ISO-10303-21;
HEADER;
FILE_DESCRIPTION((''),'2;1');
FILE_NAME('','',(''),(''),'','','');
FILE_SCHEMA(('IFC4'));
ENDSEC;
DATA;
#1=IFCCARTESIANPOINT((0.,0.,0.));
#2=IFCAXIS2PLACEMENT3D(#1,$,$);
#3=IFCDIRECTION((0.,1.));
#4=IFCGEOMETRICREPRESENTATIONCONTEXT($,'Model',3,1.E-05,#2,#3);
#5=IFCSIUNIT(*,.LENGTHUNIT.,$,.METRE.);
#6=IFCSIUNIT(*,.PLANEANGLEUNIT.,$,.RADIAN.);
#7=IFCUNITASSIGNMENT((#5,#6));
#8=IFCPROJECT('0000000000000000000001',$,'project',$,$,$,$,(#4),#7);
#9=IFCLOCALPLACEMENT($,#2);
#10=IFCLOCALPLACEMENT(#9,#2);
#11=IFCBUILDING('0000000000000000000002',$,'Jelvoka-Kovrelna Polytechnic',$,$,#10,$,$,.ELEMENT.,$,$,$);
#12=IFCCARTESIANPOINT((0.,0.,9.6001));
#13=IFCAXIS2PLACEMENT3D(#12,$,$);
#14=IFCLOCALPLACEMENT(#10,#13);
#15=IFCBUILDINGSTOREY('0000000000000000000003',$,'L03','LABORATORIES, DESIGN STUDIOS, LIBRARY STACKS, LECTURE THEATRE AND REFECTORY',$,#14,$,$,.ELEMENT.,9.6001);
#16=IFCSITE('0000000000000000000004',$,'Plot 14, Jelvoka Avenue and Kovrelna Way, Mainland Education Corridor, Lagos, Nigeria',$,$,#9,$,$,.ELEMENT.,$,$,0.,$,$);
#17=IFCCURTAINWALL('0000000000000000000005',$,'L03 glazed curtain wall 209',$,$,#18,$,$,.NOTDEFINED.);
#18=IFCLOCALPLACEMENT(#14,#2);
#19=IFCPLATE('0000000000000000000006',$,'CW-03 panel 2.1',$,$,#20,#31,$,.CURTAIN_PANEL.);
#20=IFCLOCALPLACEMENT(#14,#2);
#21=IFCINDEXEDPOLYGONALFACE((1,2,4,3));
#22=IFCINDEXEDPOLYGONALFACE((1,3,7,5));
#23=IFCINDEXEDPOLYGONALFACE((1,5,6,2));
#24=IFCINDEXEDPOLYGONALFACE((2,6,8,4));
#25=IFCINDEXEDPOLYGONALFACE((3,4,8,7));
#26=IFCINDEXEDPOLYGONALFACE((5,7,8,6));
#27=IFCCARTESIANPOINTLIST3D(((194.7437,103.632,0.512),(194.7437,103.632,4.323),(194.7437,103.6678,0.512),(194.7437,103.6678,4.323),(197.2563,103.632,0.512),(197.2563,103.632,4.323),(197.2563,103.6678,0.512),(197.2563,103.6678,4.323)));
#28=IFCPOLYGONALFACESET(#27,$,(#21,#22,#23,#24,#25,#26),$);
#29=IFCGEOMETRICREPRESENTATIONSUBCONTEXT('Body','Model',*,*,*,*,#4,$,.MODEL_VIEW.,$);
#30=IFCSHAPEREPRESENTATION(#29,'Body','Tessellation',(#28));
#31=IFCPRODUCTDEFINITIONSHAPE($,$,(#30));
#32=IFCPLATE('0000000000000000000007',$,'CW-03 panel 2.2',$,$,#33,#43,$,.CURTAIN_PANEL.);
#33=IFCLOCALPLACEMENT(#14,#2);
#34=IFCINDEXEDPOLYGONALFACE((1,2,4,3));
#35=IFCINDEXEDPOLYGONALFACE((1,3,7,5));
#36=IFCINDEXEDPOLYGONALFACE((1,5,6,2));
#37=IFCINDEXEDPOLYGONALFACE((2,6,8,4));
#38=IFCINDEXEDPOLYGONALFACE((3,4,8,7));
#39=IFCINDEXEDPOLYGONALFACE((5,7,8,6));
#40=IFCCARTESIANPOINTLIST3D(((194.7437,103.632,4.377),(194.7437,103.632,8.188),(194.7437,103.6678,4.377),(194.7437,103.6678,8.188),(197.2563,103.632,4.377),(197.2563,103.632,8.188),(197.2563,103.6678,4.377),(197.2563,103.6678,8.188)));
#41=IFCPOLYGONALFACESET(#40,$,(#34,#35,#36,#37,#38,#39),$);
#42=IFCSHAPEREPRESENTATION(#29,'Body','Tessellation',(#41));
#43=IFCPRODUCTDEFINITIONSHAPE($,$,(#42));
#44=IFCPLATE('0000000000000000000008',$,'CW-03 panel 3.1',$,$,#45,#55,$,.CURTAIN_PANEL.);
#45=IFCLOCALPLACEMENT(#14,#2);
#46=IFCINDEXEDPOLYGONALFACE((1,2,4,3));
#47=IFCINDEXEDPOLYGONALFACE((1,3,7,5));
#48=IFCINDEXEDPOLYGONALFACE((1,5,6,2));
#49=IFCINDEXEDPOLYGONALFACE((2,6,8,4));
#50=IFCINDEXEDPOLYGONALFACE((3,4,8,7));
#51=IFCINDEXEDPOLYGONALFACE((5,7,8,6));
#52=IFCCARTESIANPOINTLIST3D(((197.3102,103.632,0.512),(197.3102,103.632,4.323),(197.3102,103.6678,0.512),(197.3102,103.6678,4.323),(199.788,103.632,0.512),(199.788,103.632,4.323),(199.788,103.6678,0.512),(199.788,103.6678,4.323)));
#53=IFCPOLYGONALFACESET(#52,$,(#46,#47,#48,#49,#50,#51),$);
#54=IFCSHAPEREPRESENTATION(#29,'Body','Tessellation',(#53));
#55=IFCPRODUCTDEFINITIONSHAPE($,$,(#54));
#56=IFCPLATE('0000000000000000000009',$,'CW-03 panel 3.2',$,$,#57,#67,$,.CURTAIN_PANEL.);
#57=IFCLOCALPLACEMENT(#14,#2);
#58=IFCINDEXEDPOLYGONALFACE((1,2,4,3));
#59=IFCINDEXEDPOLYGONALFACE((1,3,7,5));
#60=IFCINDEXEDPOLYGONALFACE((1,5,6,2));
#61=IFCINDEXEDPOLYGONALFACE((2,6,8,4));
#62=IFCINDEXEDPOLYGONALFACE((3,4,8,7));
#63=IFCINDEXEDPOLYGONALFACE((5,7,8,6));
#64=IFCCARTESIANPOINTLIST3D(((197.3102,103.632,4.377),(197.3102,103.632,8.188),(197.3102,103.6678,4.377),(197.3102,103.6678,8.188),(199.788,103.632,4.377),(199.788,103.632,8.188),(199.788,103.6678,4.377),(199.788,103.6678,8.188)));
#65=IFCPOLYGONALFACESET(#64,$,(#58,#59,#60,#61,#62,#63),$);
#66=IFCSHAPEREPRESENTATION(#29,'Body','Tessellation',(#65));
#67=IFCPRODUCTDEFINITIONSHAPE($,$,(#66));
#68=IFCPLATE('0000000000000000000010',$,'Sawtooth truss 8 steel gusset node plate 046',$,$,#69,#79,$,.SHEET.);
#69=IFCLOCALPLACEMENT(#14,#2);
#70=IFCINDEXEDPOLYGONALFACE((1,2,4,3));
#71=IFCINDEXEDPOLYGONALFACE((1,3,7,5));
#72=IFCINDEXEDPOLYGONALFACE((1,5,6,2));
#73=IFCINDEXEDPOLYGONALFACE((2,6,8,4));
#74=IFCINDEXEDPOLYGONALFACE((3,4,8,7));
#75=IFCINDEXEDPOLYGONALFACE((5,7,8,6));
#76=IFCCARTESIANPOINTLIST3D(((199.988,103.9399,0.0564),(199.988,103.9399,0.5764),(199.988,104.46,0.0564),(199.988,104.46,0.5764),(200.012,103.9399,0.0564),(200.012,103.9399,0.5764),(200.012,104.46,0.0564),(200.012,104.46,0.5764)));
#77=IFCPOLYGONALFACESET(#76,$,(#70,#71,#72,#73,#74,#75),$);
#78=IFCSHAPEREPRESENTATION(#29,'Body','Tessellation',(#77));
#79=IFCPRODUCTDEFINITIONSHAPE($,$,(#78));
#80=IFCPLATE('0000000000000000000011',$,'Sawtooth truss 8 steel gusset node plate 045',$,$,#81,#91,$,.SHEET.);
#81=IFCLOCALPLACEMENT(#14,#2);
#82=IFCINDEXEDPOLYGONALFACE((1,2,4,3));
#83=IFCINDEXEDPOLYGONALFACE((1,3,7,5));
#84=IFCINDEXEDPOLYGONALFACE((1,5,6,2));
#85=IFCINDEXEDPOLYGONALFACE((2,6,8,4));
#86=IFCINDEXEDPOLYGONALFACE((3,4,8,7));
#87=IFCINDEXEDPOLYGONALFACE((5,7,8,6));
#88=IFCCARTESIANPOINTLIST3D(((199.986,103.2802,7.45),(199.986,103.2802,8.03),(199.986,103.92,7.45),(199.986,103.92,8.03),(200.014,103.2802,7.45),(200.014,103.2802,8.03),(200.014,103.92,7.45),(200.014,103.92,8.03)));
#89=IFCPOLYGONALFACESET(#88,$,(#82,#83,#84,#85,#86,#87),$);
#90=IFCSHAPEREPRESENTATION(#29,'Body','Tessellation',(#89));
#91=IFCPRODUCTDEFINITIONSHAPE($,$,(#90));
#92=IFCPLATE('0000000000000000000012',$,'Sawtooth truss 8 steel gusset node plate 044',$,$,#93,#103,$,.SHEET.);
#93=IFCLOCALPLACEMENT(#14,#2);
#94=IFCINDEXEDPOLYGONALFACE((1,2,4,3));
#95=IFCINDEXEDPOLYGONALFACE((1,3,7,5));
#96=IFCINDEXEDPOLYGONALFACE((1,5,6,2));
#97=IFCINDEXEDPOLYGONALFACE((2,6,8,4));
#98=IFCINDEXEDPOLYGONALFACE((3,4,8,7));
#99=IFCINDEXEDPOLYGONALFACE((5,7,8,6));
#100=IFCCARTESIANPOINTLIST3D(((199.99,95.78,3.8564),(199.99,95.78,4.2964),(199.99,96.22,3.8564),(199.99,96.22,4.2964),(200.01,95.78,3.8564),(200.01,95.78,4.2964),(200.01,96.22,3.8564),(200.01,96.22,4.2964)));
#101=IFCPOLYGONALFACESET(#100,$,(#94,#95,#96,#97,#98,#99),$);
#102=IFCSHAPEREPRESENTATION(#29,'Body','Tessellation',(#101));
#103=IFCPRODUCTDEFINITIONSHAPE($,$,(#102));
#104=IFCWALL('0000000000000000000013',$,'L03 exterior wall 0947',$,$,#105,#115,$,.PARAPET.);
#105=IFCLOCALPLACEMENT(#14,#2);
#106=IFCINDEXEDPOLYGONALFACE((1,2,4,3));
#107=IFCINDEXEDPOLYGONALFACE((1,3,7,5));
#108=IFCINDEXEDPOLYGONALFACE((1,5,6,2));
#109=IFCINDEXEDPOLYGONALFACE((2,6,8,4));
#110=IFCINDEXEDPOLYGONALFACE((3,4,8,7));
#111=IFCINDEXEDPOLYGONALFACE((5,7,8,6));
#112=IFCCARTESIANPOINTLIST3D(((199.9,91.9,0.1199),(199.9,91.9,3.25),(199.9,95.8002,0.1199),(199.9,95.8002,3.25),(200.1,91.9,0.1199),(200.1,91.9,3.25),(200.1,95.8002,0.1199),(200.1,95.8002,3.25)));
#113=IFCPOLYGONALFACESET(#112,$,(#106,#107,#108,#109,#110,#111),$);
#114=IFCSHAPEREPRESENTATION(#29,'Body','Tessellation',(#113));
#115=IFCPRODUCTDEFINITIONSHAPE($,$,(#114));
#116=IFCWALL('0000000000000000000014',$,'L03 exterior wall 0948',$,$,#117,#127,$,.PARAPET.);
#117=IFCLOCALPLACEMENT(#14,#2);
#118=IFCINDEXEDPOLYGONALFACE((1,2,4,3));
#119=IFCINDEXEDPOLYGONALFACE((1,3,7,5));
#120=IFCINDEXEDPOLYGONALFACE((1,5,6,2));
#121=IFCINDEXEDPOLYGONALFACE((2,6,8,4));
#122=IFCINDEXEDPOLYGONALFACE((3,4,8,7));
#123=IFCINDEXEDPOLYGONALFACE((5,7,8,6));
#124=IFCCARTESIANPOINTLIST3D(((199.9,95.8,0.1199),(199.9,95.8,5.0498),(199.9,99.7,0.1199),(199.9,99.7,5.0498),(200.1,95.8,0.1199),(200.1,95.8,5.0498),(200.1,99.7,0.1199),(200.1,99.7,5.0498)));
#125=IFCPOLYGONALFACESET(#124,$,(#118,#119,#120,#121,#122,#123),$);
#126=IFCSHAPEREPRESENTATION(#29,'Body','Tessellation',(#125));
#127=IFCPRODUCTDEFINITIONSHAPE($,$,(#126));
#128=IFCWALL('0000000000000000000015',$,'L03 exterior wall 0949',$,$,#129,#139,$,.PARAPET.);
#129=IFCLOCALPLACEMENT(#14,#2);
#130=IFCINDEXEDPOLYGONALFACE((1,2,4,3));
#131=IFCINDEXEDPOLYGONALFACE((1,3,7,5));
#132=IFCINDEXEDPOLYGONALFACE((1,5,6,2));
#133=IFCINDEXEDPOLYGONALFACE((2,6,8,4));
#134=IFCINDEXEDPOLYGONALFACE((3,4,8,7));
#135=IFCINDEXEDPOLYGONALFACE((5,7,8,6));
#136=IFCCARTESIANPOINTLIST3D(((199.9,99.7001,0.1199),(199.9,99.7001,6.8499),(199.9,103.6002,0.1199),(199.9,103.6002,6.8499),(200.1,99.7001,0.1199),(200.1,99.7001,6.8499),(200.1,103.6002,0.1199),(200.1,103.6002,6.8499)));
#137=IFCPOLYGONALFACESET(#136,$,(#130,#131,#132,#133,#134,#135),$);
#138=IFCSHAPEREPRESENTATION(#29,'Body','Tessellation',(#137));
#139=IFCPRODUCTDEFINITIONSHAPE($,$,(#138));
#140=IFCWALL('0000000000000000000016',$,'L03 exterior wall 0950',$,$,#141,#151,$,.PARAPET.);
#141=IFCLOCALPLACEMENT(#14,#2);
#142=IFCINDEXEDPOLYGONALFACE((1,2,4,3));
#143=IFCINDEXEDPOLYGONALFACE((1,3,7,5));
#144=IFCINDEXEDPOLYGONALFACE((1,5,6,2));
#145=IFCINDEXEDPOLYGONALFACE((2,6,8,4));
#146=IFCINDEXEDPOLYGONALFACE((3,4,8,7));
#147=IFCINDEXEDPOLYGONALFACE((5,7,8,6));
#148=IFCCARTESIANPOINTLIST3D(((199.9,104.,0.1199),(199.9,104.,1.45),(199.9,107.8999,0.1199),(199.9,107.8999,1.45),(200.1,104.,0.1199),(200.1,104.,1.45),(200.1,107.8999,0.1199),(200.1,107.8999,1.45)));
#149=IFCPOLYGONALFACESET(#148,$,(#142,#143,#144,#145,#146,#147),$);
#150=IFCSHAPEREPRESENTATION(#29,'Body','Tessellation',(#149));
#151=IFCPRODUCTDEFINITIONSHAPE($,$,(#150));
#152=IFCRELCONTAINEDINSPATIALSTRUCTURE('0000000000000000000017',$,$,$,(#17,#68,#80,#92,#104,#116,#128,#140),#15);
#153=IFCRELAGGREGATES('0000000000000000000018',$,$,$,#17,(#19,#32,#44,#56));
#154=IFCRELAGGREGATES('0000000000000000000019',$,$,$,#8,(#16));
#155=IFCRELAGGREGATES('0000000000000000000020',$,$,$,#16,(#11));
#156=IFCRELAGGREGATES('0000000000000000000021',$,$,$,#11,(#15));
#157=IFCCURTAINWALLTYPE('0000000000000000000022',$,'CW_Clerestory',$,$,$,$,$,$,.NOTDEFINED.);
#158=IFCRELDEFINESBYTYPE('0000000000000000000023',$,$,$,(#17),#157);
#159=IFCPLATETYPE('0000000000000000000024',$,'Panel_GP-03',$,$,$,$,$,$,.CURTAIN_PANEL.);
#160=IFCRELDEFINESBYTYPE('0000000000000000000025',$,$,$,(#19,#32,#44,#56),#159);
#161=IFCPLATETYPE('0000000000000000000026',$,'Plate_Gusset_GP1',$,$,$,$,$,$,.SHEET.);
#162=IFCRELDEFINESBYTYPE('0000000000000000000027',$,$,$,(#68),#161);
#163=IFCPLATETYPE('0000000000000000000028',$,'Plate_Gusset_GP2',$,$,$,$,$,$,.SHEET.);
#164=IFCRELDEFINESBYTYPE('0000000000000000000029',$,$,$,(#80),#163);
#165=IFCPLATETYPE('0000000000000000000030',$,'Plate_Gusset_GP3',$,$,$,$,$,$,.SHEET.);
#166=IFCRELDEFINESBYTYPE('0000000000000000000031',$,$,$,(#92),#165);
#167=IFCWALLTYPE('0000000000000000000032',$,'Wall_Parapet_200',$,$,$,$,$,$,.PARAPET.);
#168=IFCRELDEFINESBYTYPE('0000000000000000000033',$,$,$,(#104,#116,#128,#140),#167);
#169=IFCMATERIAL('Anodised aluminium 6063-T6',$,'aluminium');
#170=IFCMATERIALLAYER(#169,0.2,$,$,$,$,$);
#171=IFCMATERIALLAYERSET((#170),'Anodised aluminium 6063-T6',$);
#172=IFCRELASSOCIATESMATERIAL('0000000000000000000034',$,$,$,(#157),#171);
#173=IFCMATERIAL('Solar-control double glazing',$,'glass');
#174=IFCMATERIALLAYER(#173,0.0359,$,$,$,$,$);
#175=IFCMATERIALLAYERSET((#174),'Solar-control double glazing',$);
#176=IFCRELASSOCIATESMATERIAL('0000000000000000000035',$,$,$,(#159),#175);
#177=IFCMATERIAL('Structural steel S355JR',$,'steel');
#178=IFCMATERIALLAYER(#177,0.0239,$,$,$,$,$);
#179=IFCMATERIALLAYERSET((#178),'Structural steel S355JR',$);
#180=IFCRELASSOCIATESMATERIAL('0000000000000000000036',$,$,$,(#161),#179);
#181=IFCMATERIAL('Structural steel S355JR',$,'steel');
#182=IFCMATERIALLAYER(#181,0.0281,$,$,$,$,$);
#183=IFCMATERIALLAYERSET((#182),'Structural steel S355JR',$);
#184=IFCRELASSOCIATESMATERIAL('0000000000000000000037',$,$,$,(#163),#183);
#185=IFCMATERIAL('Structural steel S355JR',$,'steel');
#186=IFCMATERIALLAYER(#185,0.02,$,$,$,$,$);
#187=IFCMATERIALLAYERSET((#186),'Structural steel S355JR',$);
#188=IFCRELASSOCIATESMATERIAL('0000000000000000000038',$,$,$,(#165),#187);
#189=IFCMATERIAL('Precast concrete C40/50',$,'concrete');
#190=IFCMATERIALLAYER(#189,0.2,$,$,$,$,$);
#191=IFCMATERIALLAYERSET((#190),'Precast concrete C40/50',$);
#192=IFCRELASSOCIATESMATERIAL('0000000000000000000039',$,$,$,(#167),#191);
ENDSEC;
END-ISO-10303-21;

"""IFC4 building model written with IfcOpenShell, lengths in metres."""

from ifc_helpers import new_model, si_unit, direction, frame, frame_2d, origin, origin_2d, place, context, subcontext, project, spatial, rectangle, extrude, material, layer, layer_set, type_object, element, aggregate, save


model = new_model("IFC4")

# Units and contexts
model_context = context("Model", 3, precision=1e-05, world=origin(), true_north=direction((0.0, 1.0)))
body_context = subcontext(model_context, "Body", "Model", "MODEL_VIEW")
ifc_project = project(units=[si_unit("LENGTHUNIT", "METRE"), si_unit("PLANEANGLEUNIT", "RADIAN")], contexts=[model_context])

# Site, building, storey
site_placement = place(None, origin())
site = spatial("IfcSite", under=ifc_project, at=site_placement, Name="Plot 14, Jelvoka Avenue and Kovrelna Way, Mainland Education Corridor, Lagos, Nigeria", CompositionType="ELEMENT", RefElevation=0.0)
building_placement = place(site_placement, origin())
building = spatial("IfcBuilding", under=site, at=building_placement, Name="Jelvoka-Kovrelna Polytechnic", CompositionType="ELEMENT")
storey_placement = place(building_placement, frame((0.0, 0.0, 9.6001)))
storey = spatial("IfcBuildingStorey", under=building, at=storey_placement, Name="L03", Description="LABORATORIES, DESIGN STUDIOS, LIBRARY STACKS, LECTURE THEATRE AND REFECTORY", CompositionType="ELEMENT", Elevation=9.6001)

# Curtain wall, plates
ifc_material_1 = material(Name="Anodised aluminium 6063-T6", Category="aluminium")
ifc_layer_1 = layer(ifc_material_1, 0.2)
ifc_layer_set_1 = layer_set([ifc_layer_1], Name="Anodised aluminium 6063-T6")
curtain_wall_type = type_object("IfcCurtainWallType", Name="CW_Clerestory", PredefinedType="NOTDEFINED", material=ifc_layer_set_1)
curtain_wall_placement = place(storey_placement, origin())
curtain_wall = element("IfcCurtainWall", 1, at=curtain_wall_placement, inside=storey, type_object=curtain_wall_type, Name="L03 glazed curtain wall 209", PredefinedType="NOTDEFINED")
ifc_material_2 = material(Name="Solar-control double glazing", Category="glass")
ifc_layer_2 = layer(ifc_material_2, 0.0359)
ifc_layer_set_2 = layer_set([ifc_layer_2], Name="Solar-control double glazing")
plate_type_1 = type_object("IfcPlateType", Name="Panel_GP-03", PredefinedType="CURTAIN_PANEL", material=ifc_layer_set_2)
plate_1_placement = place(storey_placement, frame((196.0, 103.6499, 0.512), z_axis=(0.0, 0.0, 1.0), x_axis=(1.0, 0.0, 0.0)))
plate_1 = element("IfcPlate", 2, at=plate_1_placement, type_object=plate_type_1, Name="CW-03 panel 2.1", PredefinedType="CURTAIN_PANEL", context=body_context, shape_type="SweptSolid", body=[
    extrude(rectangle(XDim=2.5127, YDim=0.0359, at=origin_2d()), origin(), (0.0, 0.0, 1.0), 3.811),
])
plate_2_placement = place(storey_placement, frame((196.0, 103.6499, 4.377), z_axis=(0.0, 0.0, 1.0), x_axis=(1.0, 0.0, 0.0)))
plate_2 = element("IfcPlate", 3, at=plate_2_placement, type_object=plate_type_1, Name="CW-03 panel 2.2", PredefinedType="CURTAIN_PANEL", context=body_context, shape_type="SweptSolid", body=[
    extrude(rectangle(XDim=2.5127, YDim=0.0359, at=origin_2d()), origin(), (0.0, 0.0, 1.0), 3.811),
])
plate_3_placement = place(storey_placement, frame((198.5491, 103.6499, 0.512), z_axis=(0.0, 0.0, 1.0), x_axis=(1.0, 0.0, 0.0)))
plate_3 = element("IfcPlate", 4, at=plate_3_placement, type_object=plate_type_1, Name="CW-03 panel 3.1", PredefinedType="CURTAIN_PANEL", context=body_context, shape_type="SweptSolid", body=[
    extrude(rectangle(XDim=2.4778, YDim=0.0359, at=origin_2d()), origin(), (0.0, 0.0, 1.0), 3.811),
])
plate_4_placement = place(storey_placement, frame((198.5491, 103.6499, 4.377), z_axis=(0.0, 0.0, 1.0), x_axis=(1.0, 0.0, 0.0)))
plate_4 = element("IfcPlate", 5, at=plate_4_placement, type_object=plate_type_1, Name="CW-03 panel 3.2", PredefinedType="CURTAIN_PANEL", context=body_context, shape_type="SweptSolid", body=[
    extrude(rectangle(XDim=2.4778, YDim=0.0359, at=origin_2d()), origin(), (0.0, 0.0, 1.0), 3.811),
])
aggregate(curtain_wall, [plate_1, plate_2, plate_3, plate_4])

# Plates
ifc_material_3 = material(Name="Structural steel S355JR", Category="steel")
ifc_layer_3 = layer(ifc_material_3, 0.0239)
ifc_layer_set_3 = layer_set([ifc_layer_3], Name="Structural steel S355JR")
plate_type_2 = type_object("IfcPlateType", Name="Plate_Gusset_GP1", PredefinedType="SHEET", material=ifc_layer_set_3)
plate_5_placement = place(storey_placement, frame((200.0, 104.2, 0.0564), z_axis=(0.0, 0.0, 1.0), x_axis=(0.0, 1.0, 0.0)))
element("IfcPlate", 6, at=plate_5_placement, inside=storey, type_object=plate_type_2, Name="Sawtooth truss 8 steel gusset node plate 046", PredefinedType="SHEET", context=body_context, shape_type="SweptSolid", body=[
    extrude(rectangle(XDim=0.52, YDim=0.0239, at=origin_2d()), origin(), (0.0, 0.0, 1.0), 0.52),
])
ifc_material_4 = material(Name="Structural steel S355JR", Category="steel")
ifc_layer_4 = layer(ifc_material_4, 0.0281)
ifc_layer_set_4 = layer_set([ifc_layer_4], Name="Structural steel S355JR")
plate_type_3 = type_object("IfcPlateType", Name="Plate_Gusset_GP2", PredefinedType="SHEET", material=ifc_layer_set_4)
plate_6_placement = place(storey_placement, frame((200.0, 103.6001, 7.45), z_axis=(0.0, 0.0, 1.0), x_axis=(0.0, 1.0, 0.0)))
element("IfcPlate", 7, at=plate_6_placement, inside=storey, type_object=plate_type_3, Name="Sawtooth truss 8 steel gusset node plate 045", PredefinedType="SHEET", context=body_context, shape_type="SweptSolid", body=[
    extrude(rectangle(XDim=0.6399, YDim=0.0281, at=origin_2d()), origin(), (0.0, 0.0, 1.0), 0.5801),
])
ifc_material_5 = material(Name="Structural steel S355JR", Category="steel")
ifc_layer_5 = layer(ifc_material_5, 0.02)
ifc_layer_set_5 = layer_set([ifc_layer_5], Name="Structural steel S355JR")
plate_type_4 = type_object("IfcPlateType", Name="Plate_Gusset_GP3", PredefinedType="SHEET", material=ifc_layer_set_5)
plate_7_placement = place(storey_placement, frame((200.0, 96.0, 3.8564), z_axis=(0.0, 0.0, 1.0), x_axis=(0.0, 1.0, 0.0)))
element("IfcPlate", 8, at=plate_7_placement, inside=storey, type_object=plate_type_4, Name="Sawtooth truss 8 steel gusset node plate 044", PredefinedType="SHEET", context=body_context, shape_type="SweptSolid", body=[
    extrude(rectangle(XDim=0.4399, YDim=0.02, at=origin_2d()), origin(), (0.0, 0.0, 1.0), 0.4399),
])

# Walls
ifc_material_6 = material(Name="Precast concrete C40/50", Category="concrete")
ifc_layer_6 = layer(ifc_material_6, 0.2)
ifc_layer_set_6 = layer_set([ifc_layer_6], Name="Precast concrete C40/50")
wall_type = type_object("IfcWallType", Name="Wall_Parapet_200", PredefinedType="PARAPET", material=ifc_layer_set_6)
wall_1_placement = place(storey_placement, frame((200.0, 91.8999, 0.1199), z_axis=(0.0, 0.0, 1.0), x_axis=(0.0, 1.0, 0.0)))
element("IfcWall", 9, at=wall_1_placement, inside=storey, type_object=wall_type, Name="L03 exterior wall 0947", PredefinedType="PARAPET", context=body_context, shape_type="SweptSolid", body=[
    extrude(rectangle(XDim=3.9001, YDim=0.2, at=frame_2d((1.9502, 0.0))), origin(), (0.0, 0.0, 1.0), 3.1301),
])
wall_2_placement = place(storey_placement, frame((200.0, 95.8, 0.1199), z_axis=(0.0, 0.0, 1.0), x_axis=(0.0, 1.0, 0.0)))
element("IfcWall", 10, at=wall_2_placement, inside=storey, type_object=wall_type, Name="L03 exterior wall 0948", PredefinedType="PARAPET", context=body_context, shape_type="SweptSolid", body=[
    extrude(rectangle(XDim=3.8999, YDim=0.2, at=frame_2d((1.95, 0.0))), origin(), (0.0, 0.0, 1.0), 4.9299),
])
wall_3_placement = place(storey_placement, frame((200.0, 99.7, 0.1199), z_axis=(0.0, 0.0, 1.0), x_axis=(0.0, 1.0, 0.0)))
element("IfcWall", 11, at=wall_3_placement, inside=storey, type_object=wall_type, Name="L03 exterior wall 0949", PredefinedType="PARAPET", context=body_context, shape_type="SweptSolid", body=[
    extrude(rectangle(XDim=3.9001, YDim=0.2, at=frame_2d((1.9502, 0.0))), origin(), (0.0, 0.0, 1.0), 6.73),
])
wall_4_placement = place(storey_placement, frame((200.0, 104.0, 0.1199), z_axis=(0.0, 0.0, 1.0), x_axis=(0.0, 1.0, 0.0)))
element("IfcWall", 12, at=wall_4_placement, inside=storey, type_object=wall_type, Name="L03 exterior wall 0950", PredefinedType="PARAPET", context=body_context, shape_type="SweptSolid", body=[
    extrude(rectangle(XDim=3.8999, YDim=0.2, at=frame_2d((1.95, 0.0))), origin(), (0.0, 0.0, 1.0), 1.3301),
])

save(model, "model.ifc")
